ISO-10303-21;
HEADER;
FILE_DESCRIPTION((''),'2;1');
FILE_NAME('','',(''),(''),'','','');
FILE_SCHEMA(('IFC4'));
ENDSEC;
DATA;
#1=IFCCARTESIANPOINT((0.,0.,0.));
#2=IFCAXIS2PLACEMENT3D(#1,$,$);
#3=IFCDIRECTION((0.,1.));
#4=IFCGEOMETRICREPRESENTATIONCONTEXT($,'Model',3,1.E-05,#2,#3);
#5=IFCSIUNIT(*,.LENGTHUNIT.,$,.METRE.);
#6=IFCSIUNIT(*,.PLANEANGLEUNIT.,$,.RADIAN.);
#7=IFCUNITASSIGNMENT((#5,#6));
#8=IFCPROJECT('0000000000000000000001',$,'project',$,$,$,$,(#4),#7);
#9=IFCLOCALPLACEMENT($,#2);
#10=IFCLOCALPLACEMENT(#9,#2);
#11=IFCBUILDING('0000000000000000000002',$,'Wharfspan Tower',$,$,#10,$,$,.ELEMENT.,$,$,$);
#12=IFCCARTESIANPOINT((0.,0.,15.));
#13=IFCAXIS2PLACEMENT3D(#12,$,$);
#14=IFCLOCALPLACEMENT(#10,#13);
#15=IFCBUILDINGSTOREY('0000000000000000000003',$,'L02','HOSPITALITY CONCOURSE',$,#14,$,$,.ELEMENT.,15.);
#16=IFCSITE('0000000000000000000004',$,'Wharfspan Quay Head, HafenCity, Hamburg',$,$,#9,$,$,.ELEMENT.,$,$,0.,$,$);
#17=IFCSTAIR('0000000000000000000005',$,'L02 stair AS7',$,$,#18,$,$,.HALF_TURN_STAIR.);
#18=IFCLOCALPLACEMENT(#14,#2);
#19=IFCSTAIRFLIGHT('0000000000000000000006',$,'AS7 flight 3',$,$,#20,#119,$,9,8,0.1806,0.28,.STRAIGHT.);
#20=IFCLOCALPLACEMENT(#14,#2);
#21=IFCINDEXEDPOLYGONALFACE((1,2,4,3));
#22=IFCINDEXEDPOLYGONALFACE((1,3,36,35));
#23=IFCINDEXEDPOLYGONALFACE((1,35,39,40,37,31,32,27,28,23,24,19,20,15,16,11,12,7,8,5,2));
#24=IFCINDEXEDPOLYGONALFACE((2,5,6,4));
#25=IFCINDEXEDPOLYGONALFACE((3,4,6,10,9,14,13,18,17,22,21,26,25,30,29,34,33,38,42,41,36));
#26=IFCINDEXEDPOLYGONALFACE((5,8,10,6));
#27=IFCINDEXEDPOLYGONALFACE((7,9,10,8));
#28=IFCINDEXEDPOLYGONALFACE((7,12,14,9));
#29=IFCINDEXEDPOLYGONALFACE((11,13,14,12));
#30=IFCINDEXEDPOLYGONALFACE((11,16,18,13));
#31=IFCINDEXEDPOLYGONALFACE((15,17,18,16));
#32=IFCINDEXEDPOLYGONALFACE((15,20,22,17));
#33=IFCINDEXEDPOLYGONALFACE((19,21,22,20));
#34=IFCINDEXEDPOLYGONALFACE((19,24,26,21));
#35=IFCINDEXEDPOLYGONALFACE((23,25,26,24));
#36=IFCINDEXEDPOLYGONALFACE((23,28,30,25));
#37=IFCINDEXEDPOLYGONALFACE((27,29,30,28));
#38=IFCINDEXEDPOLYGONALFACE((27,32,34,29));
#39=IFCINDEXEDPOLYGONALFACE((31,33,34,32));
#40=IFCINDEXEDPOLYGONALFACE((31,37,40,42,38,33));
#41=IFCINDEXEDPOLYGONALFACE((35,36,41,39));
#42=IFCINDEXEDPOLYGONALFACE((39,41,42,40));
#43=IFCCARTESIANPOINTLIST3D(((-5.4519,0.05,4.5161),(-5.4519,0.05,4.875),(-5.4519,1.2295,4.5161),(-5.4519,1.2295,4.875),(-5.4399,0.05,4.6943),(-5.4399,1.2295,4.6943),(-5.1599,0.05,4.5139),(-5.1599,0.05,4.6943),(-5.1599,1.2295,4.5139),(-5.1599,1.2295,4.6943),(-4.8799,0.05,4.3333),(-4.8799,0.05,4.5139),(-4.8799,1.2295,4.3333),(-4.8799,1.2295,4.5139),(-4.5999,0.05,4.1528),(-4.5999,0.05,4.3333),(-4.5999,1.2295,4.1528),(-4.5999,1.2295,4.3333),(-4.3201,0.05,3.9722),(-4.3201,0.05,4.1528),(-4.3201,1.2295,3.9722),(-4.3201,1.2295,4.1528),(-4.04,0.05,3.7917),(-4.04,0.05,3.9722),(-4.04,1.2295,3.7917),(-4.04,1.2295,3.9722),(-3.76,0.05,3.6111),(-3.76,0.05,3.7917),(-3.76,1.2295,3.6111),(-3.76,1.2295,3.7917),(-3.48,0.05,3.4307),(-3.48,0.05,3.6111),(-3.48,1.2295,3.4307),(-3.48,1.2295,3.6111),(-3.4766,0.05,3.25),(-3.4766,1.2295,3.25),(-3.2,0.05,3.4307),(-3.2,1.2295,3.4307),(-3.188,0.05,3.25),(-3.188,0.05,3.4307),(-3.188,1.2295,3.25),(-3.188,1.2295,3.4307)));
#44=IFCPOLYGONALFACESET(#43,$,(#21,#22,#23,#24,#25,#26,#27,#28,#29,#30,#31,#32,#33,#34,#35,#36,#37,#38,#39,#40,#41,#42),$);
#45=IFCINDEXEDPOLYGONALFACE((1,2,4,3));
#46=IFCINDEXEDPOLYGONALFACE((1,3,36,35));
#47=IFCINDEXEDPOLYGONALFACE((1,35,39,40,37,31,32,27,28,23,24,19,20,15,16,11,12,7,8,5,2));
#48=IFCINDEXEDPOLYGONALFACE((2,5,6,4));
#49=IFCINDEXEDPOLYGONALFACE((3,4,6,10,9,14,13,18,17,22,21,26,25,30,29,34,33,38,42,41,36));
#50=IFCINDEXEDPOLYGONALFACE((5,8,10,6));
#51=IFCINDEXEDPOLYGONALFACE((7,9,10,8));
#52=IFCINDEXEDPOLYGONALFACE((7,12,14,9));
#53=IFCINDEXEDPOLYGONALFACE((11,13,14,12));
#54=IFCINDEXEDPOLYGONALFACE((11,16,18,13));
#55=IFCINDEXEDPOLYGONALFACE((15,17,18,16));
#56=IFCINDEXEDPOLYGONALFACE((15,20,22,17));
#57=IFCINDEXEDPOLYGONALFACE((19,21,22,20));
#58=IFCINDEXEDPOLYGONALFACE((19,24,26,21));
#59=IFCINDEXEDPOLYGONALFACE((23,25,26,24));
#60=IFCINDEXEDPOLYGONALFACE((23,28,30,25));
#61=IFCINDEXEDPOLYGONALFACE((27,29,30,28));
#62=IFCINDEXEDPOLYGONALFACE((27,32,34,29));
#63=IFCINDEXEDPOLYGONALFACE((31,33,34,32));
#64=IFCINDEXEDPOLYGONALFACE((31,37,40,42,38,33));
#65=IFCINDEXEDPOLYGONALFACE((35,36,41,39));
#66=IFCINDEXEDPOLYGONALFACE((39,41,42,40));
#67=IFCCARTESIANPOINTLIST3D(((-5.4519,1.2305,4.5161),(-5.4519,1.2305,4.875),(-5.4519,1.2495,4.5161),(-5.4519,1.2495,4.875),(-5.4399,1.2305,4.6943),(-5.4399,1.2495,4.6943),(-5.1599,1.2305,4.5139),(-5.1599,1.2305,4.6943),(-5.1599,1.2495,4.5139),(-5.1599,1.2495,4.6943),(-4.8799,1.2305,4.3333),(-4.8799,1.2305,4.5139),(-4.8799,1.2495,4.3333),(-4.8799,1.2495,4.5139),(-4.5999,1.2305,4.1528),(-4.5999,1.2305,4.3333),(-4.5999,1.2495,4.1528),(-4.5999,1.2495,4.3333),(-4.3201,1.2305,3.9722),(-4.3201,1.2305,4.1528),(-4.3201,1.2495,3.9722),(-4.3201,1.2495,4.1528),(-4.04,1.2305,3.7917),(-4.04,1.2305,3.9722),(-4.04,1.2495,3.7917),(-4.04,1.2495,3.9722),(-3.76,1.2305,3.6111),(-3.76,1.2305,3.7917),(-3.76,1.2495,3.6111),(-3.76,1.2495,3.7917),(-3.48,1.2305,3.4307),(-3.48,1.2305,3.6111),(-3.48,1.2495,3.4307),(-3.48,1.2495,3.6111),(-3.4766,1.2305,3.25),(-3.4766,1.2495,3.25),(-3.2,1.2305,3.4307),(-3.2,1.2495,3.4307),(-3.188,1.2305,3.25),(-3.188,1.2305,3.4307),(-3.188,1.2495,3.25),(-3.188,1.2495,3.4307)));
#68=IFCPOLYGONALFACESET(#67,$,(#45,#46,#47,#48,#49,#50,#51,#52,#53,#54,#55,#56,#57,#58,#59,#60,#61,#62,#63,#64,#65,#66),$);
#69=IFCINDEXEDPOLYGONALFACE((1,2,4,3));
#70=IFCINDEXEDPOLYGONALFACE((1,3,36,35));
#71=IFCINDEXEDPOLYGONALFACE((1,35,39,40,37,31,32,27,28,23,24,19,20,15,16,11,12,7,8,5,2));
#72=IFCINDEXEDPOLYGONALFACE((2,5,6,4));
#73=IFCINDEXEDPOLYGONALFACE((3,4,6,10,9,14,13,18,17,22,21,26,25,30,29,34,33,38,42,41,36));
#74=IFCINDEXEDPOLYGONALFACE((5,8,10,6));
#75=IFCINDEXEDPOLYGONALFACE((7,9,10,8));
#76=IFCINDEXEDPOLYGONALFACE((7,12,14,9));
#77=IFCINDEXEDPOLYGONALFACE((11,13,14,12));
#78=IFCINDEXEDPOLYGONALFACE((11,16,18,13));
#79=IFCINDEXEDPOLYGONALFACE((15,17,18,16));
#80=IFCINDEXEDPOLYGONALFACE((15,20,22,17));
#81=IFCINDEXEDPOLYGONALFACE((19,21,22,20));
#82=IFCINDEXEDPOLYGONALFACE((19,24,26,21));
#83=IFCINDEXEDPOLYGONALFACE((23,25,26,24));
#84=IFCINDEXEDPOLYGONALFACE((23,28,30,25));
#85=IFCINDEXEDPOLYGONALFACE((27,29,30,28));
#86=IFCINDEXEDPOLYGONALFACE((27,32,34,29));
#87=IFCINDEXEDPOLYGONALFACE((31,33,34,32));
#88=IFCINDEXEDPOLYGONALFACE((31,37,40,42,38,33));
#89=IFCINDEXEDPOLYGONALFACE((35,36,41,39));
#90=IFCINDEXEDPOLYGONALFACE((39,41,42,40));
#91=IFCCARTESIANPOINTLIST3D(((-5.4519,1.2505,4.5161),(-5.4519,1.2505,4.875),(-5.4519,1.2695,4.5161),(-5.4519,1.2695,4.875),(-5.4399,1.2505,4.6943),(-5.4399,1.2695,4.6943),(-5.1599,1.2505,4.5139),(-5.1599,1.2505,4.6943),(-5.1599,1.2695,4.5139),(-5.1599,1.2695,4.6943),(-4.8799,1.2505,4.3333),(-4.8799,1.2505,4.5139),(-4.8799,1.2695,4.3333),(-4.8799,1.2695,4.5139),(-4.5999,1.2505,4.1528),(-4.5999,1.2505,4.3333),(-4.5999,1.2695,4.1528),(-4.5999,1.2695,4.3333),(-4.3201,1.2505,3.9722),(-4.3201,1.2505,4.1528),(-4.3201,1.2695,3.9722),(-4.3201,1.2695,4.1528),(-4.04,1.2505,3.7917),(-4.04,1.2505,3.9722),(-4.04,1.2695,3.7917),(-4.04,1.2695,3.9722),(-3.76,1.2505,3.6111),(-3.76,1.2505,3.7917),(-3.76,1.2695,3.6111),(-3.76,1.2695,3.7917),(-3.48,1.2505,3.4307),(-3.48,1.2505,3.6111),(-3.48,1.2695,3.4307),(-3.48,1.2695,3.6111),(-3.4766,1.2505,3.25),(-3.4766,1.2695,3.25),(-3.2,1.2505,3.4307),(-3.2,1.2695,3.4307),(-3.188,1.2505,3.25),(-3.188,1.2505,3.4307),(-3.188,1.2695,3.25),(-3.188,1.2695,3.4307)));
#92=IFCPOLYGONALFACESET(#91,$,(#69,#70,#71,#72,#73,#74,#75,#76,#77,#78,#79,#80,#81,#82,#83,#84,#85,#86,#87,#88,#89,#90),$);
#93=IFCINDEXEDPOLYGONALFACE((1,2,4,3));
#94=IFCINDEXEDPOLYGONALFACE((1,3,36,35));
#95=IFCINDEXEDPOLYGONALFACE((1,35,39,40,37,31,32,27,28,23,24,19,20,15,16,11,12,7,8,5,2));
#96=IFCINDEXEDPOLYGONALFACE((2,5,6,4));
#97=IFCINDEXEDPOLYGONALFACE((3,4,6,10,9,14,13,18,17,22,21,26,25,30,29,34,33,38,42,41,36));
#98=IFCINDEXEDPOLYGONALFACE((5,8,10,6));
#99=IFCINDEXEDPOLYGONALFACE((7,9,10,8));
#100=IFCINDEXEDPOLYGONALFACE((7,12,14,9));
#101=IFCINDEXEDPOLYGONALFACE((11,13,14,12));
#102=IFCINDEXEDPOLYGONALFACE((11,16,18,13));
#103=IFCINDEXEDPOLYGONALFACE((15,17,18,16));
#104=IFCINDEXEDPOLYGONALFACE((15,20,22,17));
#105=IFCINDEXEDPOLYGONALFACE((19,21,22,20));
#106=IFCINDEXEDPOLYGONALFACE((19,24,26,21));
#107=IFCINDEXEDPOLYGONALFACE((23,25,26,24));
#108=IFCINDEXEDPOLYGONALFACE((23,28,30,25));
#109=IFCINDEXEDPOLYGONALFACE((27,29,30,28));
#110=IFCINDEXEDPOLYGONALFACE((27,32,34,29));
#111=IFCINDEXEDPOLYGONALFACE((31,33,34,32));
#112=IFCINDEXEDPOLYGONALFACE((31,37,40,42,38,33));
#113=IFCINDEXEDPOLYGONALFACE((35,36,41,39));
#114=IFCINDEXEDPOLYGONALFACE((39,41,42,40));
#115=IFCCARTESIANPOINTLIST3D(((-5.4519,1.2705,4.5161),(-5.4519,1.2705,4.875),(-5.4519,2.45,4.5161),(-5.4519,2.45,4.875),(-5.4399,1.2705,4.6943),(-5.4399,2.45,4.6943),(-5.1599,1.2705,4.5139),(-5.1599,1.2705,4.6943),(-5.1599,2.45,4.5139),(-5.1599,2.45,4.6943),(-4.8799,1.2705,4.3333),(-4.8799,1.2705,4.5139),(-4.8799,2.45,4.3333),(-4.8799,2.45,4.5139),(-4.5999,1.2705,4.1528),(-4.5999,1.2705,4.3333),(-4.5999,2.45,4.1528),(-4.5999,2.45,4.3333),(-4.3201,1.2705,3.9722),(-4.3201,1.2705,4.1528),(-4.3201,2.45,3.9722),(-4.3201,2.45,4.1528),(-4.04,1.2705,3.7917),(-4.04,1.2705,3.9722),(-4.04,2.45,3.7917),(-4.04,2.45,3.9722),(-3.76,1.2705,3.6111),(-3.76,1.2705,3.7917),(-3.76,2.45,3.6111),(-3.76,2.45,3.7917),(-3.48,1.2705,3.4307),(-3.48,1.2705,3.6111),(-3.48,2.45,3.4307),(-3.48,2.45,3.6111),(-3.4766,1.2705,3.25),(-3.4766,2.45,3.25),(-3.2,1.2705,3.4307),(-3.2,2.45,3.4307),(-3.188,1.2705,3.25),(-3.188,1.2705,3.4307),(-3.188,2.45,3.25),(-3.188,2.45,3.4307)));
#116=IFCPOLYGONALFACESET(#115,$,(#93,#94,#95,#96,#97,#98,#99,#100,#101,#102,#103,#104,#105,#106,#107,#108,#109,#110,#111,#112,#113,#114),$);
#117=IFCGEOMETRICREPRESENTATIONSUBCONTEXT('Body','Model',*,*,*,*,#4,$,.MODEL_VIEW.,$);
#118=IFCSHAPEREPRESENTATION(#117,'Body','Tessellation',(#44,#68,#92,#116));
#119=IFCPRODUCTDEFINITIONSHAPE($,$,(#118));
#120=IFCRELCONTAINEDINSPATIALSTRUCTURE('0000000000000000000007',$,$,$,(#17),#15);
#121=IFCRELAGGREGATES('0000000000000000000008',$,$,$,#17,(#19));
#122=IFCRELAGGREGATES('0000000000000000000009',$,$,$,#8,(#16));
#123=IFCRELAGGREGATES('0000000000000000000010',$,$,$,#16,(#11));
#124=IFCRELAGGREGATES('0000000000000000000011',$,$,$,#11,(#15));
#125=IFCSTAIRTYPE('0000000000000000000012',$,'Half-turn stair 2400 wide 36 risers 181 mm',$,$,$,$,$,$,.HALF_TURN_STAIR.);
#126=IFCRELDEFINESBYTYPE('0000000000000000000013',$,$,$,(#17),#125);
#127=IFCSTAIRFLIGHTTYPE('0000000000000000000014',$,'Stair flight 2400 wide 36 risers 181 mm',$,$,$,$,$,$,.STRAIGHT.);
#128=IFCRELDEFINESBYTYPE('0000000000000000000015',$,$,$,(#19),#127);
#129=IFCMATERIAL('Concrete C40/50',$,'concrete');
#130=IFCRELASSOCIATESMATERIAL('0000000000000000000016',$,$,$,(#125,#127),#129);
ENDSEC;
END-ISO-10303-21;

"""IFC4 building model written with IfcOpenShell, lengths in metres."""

from ifc_helpers import new_model, si_unit, direction, frame, origin, place, context, subcontext, project, spatial, polyline, outline, extrude, material, type_object, element, aggregate, save


model = new_model("IFC4")

# Units and contexts
model_context = context("Model", 3, precision=1e-05, world=origin(), true_north=direction((0.0, 1.0)))
body_context = subcontext(model_context, "Body", "Model", "MODEL_VIEW")
ifc_project = project(units=[si_unit("LENGTHUNIT", "METRE"), si_unit("PLANEANGLEUNIT", "RADIAN")], contexts=[model_context])

# Site, building, storey
site_placement = place(None, origin())
site = spatial("IfcSite", under=ifc_project, at=site_placement, Name="Wharfspan Quay Head, HafenCity, Hamburg", CompositionType="ELEMENT", RefElevation=0.0)
building_placement = place(site_placement, origin())
building = spatial("IfcBuilding", under=site, at=building_placement, Name="Wharfspan Tower", CompositionType="ELEMENT")
storey_placement = place(building_placement, frame((0.0, 0.0, 15.0)))
storey = spatial("IfcBuildingStorey", under=building, at=storey_placement, Name="L02", Description="HOSPITALITY CONCOURSE", CompositionType="ELEMENT", Elevation=15.0)

# Shared definitions
ifc_material_1 = material(Name="Concrete C40/50", Category="concrete")

# Stair, stair flight
stair_type = type_object("IfcStairType", Name="Half-turn stair 2400 wide 36 risers 181 mm", PredefinedType="HALF_TURN_STAIR", material=ifc_material_1)
stair_placement = place(storey_placement, origin())
stair = element("IfcStair", 1, at=stair_placement, inside=storey, type_object=stair_type, Name="L02 stair AS7", PredefinedType="HALF_TURN_STAIR")
stair_flight_type = type_object("IfcStairFlightType", Name="Stair flight 2400 wide 36 risers 181 mm", PredefinedType="STRAIGHT", material=ifc_material_1)
stair_flight_1_placement = place(storey_placement, frame((-3.2, 1.25, 3.25), z_axis=(0.0, 0.0, 1.0), x_axis=(-1.0, 0.0, 0.0)))
stair_flight_1 = element("IfcStairFlight", 2, at=stair_flight_1_placement, type_object=stair_flight_type, Name="AS7 flight 3", NumberOfRisers=9, NumberOfTreads=8, PredefinedType="STRAIGHT", RiserHeight=0.1806, TreadLength=0.28, context=body_context, shape_type="SweptSolid", body=[
    extrude(outline(polyline([(-0.012, 0.0), (-0.012, 0.1807), (0.0, 0.1807), (0.28, 0.1807), (0.28, 0.3611), (0.5601, 0.3611), (0.5601, 0.5417), (0.8401, 0.5417), (0.8401, 0.7222), (1.1201, 0.7222), (1.1201, 0.9028), (1.3999, 0.9028), (1.3999, 1.0833), (1.6799, 1.0833), (1.6799, 1.2639), (1.96, 1.2639), (1.96, 1.4443), (2.24, 1.4443), (2.252, 1.625), (2.252, 1.2661), (0.2766, 0.0), (-0.012, 0.0)])), frame((0.0, 1.2, 0.0), z_axis=(0.0, -1.0, 0.0), x_axis=(1.0, 0.0, 0.0)), (0.0, 0.0, 1.0), 1.1794),
    extrude(outline(polyline([(-0.012, 0.0), (-0.012, 0.1807), (0.0, 0.1807), (0.28, 0.1807), (0.28, 0.3611), (0.5601, 0.3611), (0.5601, 0.5417), (0.8401, 0.5417), (0.8401, 0.7222), (1.1201, 0.7222), (1.1201, 0.9028), (1.3999, 0.9028), (1.3999, 1.0833), (1.6799, 1.0833), (1.6799, 1.2639), (1.96, 1.2639), (1.96, 1.4443), (2.24, 1.4443), (2.252, 1.625), (2.252, 1.2661), (0.2766, 0.0), (-0.012, 0.0)])), frame((0.0, 0.0195, 0.0), z_axis=(0.0, -1.0, 0.0), x_axis=(1.0, 0.0, 0.0)), (0.0, 0.0, 1.0), 0.019),
    extrude(outline(polyline([(-0.012, 0.0), (-0.012, 0.1807), (0.0, 0.1807), (0.28, 0.1807), (0.28, 0.3611), (0.5601, 0.3611), (0.5601, 0.5417), (0.8401, 0.5417), (0.8401, 0.7222), (1.1201, 0.7222), (1.1201, 0.9028), (1.3999, 0.9028), (1.3999, 1.0833), (1.6799, 1.0833), (1.6799, 1.2639), (1.96, 1.2639), (1.96, 1.4443), (2.24, 1.4443), (2.252, 1.625), (2.252, 1.2661), (0.2766, 0.0), (-0.012, 0.0)])), frame((0.0, -0.0005, 0.0), z_axis=(0.0, -1.0, 0.0), x_axis=(1.0, 0.0, 0.0)), (0.0, 0.0, 1.0), 0.019),
    extrude(outline(polyline([(-0.012, 0.0), (-0.012, 0.1807), (0.0, 0.1807), (0.28, 0.1807), (0.28, 0.3611), (0.5601, 0.3611), (0.5601, 0.5417), (0.8401, 0.5417), (0.8401, 0.7222), (1.1201, 0.7222), (1.1201, 0.9028), (1.3999, 0.9028), (1.3999, 1.0833), (1.6799, 1.0833), (1.6799, 1.2639), (1.96, 1.2639), (1.96, 1.4443), (2.24, 1.4443), (2.252, 1.625), (2.252, 1.2661), (0.2766, 0.0), (-0.012, 0.0)])), frame((0.0, -0.0205, 0.0), z_axis=(0.0, -1.0, 0.0), x_axis=(1.0, 0.0, 0.0)), (0.0, 0.0, 1.0), 1.1794),
])
aggregate(stair, [stair_flight_1])

save(model, "model.ifc")
